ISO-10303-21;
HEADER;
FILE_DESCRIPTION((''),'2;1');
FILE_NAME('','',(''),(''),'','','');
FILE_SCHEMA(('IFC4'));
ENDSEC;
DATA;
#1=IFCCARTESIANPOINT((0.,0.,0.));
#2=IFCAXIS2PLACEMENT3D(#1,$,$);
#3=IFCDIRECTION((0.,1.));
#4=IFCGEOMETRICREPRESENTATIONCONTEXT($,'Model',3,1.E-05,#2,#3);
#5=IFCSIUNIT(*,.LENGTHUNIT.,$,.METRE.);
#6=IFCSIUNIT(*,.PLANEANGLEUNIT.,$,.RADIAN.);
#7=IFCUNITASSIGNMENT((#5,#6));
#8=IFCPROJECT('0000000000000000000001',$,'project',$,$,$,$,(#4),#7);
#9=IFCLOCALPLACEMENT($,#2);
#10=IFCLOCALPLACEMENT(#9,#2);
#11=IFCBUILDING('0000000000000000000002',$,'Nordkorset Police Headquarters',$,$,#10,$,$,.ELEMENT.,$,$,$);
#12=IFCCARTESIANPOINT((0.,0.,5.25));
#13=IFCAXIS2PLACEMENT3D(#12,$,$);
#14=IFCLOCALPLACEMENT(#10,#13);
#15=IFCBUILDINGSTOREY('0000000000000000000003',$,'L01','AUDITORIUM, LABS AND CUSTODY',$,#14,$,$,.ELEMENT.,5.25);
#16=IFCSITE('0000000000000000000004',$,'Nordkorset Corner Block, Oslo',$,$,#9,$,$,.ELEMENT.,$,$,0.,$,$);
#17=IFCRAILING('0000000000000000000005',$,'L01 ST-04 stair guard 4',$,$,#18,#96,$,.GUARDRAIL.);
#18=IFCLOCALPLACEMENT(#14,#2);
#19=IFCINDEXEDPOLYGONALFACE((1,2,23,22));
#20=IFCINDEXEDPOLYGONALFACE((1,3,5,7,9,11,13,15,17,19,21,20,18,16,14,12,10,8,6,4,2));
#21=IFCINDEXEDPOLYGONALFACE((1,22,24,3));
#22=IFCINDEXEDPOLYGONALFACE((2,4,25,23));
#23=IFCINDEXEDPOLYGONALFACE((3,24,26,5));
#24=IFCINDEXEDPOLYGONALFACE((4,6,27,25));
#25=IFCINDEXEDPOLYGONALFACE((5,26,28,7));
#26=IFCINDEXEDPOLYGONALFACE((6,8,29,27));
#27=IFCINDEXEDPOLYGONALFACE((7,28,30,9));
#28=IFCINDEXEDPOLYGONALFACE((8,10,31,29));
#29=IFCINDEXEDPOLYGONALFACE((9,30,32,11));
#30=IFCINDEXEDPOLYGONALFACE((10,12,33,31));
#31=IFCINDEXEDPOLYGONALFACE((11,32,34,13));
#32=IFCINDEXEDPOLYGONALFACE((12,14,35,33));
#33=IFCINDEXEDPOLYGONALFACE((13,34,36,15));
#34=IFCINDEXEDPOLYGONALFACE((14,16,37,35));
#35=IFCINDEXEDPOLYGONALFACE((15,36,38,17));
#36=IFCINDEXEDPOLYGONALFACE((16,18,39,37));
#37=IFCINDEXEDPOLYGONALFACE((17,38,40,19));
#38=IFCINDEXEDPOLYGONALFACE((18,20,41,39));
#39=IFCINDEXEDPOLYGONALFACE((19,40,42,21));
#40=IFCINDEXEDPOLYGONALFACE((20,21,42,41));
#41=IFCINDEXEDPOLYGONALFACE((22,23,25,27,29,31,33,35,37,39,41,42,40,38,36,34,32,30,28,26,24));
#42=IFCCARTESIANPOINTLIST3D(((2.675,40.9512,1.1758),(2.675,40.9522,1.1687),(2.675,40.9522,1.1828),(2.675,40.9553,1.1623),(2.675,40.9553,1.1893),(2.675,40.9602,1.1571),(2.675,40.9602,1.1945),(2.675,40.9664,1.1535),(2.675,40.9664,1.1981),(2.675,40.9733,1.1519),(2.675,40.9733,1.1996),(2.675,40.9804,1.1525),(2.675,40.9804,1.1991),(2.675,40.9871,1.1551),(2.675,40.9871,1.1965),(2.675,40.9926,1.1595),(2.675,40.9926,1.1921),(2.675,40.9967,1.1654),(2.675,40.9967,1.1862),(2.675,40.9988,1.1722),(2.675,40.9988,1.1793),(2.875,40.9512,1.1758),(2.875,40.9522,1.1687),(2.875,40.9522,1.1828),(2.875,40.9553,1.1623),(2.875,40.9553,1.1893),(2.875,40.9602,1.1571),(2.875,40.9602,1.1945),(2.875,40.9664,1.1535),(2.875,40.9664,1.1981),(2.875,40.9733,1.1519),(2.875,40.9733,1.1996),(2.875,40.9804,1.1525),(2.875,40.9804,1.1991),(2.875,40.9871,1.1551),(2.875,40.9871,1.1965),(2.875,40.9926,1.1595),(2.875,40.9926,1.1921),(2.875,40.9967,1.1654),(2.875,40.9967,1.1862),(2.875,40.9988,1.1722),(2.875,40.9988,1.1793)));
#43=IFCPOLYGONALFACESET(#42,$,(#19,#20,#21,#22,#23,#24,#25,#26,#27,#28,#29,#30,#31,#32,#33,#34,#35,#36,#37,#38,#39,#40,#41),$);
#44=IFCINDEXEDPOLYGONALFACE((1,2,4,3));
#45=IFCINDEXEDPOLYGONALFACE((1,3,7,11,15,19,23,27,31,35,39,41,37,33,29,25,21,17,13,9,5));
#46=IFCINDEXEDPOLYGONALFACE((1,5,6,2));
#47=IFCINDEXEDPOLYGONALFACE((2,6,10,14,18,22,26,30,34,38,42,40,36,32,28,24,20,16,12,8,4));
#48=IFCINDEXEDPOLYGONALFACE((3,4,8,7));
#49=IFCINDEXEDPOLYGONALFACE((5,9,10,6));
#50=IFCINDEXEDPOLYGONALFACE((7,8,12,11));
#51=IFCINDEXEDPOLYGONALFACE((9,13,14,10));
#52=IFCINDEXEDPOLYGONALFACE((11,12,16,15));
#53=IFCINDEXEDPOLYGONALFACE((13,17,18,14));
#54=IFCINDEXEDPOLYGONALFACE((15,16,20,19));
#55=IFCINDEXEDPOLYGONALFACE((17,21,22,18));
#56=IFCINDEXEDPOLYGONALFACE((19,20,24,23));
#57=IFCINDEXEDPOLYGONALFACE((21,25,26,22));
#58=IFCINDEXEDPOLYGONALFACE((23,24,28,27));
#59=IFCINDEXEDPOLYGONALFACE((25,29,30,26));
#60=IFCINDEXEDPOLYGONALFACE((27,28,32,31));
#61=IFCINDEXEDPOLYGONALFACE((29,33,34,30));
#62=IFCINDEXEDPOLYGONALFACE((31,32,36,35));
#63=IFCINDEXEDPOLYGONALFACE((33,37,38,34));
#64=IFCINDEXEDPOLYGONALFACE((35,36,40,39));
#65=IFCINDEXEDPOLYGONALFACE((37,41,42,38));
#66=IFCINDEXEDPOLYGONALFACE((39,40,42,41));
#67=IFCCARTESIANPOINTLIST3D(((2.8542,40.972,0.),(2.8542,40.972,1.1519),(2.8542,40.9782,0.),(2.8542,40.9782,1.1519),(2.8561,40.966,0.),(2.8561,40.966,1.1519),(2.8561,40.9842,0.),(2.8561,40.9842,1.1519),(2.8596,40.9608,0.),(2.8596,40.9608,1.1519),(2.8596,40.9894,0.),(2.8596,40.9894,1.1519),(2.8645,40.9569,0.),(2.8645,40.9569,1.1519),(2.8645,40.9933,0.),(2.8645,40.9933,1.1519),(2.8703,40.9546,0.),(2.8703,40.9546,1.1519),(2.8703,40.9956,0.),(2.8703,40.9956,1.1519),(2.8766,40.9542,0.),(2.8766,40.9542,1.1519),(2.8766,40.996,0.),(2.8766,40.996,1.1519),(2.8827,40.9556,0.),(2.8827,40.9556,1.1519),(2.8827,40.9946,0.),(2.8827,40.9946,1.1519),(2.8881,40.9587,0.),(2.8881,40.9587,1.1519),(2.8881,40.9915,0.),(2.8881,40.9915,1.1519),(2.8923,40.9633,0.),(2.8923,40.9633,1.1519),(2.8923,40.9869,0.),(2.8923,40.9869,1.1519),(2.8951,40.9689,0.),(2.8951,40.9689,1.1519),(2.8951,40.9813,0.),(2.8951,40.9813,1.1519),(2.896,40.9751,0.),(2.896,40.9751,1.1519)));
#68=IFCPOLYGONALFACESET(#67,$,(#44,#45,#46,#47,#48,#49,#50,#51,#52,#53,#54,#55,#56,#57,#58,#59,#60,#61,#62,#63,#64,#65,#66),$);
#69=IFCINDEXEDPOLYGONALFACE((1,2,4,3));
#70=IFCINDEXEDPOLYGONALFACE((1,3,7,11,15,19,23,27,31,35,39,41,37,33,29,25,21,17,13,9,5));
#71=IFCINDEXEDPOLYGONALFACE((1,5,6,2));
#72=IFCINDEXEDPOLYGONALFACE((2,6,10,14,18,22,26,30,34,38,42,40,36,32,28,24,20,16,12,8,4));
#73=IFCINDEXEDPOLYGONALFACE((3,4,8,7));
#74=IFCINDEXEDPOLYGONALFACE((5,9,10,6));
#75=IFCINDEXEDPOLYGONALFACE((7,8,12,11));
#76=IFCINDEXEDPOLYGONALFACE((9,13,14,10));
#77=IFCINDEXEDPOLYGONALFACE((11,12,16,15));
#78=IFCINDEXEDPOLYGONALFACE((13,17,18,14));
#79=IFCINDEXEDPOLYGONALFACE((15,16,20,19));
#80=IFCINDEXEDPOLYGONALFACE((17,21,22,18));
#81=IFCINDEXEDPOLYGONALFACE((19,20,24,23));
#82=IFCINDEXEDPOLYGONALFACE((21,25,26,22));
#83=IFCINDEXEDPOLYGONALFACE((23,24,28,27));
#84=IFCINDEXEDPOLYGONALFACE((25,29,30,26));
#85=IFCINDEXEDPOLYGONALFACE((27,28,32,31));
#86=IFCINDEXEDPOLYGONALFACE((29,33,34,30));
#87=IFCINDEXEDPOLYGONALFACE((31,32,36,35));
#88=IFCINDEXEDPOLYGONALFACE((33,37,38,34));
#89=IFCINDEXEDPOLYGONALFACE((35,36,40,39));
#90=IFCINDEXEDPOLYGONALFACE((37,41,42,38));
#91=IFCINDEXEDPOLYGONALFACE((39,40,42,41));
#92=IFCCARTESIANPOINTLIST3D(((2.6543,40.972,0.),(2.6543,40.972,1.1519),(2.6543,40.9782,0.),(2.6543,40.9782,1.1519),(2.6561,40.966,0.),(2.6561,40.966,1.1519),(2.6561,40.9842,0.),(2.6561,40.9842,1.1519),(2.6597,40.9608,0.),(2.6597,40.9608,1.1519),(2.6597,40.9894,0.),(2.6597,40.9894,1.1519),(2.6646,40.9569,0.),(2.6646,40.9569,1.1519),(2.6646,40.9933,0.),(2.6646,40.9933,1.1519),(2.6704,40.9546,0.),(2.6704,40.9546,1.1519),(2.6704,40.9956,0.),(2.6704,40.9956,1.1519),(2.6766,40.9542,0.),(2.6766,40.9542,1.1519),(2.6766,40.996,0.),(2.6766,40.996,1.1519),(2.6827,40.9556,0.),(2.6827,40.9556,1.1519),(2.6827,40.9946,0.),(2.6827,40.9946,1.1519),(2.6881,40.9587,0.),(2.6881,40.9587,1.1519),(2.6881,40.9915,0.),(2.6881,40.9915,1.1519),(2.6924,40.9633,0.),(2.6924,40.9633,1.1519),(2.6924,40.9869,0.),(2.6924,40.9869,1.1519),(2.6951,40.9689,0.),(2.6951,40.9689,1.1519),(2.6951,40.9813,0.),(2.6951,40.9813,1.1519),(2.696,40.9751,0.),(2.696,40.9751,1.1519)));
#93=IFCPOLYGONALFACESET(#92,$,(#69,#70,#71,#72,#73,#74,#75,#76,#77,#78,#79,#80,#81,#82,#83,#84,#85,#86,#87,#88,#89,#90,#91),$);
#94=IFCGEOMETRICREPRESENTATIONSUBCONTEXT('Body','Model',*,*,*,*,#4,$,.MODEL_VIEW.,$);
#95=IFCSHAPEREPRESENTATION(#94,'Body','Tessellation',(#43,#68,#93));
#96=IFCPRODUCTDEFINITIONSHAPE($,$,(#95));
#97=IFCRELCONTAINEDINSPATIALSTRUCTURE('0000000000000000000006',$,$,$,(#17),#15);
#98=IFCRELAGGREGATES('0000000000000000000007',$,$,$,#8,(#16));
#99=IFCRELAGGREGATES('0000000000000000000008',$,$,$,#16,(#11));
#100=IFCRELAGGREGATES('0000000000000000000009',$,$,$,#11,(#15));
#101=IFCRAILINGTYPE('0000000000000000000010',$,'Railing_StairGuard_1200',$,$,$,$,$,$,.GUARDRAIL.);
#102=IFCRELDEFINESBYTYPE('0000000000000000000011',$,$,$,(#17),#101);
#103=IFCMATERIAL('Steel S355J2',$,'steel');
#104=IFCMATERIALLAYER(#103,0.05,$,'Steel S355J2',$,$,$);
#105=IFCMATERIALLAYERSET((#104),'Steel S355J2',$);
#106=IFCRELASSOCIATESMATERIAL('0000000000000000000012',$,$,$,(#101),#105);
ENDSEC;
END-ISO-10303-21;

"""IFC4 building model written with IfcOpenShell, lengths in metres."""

from ifc_helpers import new_model, si_unit, direction, frame, origin, origin_2d, place, context, subcontext, project, spatial, circle, extrude, material, layer, layer_set, type_object, element, save


model = new_model("IFC4")

# Units and contexts
model_context = context("Model", 3, precision=1e-05, world=origin(), true_north=direction((0.0, 1.0)))
body_context = subcontext(model_context, "Body", "Model", "MODEL_VIEW")
ifc_project = project(units=[si_unit("LENGTHUNIT", "METRE"), si_unit("PLANEANGLEUNIT", "RADIAN")], contexts=[model_context])

# Site, building, storey
site_placement = place(None, origin())
site = spatial("IfcSite", under=ifc_project, at=site_placement, Name="Nordkorset Corner Block, Oslo", CompositionType="ELEMENT", RefElevation=0.0)
building_placement = place(site_placement, origin())
building = spatial("IfcBuilding", under=site, at=building_placement, Name="Nordkorset Police Headquarters", CompositionType="ELEMENT")
storey_placement = place(building_placement, frame((0.0, 0.0, 5.25)))
storey = spatial("IfcBuildingStorey", under=building, at=storey_placement, Name="L01", Description="AUDITORIUM, LABS AND CUSTODY", CompositionType="ELEMENT", Elevation=5.25)

# Railing
ifc_material_1 = material(Name="Steel S355J2", Category="steel")
ifc_layer_1 = layer(ifc_material_1, 0.05, Name="Steel S355J2")
ifc_layer_set_1 = layer_set([ifc_layer_1], Name="Steel S355J2")
railing_type_1 = type_object("IfcRailingType", Name="Railing_StairGuard_1200", PredefinedType="GUARDRAIL", material=ifc_layer_set_1)
railing_1_placement = place(storey_placement, frame((2.875, 40.9751, 0.0)))
element("IfcRailing", 1, at=railing_1_placement, inside=storey, type_object=railing_type_1, Name="L01 ST-04 stair guard 4", PredefinedType="GUARDRAIL", context=body_context, shape_type="SweptSolid", body=[
    extrude(circle(Radius=0.0239, at=origin_2d()), frame((0.0, 0.0, 1.1758), z_axis=(-1.0, 0.0, 0.0), x_axis=(0.0, -1.0, 0.0)), (0.0, 0.0, 1.0), 0.2),
    extrude(circle(Radius=0.021, at=origin_2d()), origin(), (0.0, 0.0, 1.0), 1.1519),
    extrude(circle(Radius=0.021, at=origin_2d()), frame((-0.2, 0.0, 0.0)), (0.0, 0.0, 1.0), 1.1519),
])

save(model, "model.ifc")
